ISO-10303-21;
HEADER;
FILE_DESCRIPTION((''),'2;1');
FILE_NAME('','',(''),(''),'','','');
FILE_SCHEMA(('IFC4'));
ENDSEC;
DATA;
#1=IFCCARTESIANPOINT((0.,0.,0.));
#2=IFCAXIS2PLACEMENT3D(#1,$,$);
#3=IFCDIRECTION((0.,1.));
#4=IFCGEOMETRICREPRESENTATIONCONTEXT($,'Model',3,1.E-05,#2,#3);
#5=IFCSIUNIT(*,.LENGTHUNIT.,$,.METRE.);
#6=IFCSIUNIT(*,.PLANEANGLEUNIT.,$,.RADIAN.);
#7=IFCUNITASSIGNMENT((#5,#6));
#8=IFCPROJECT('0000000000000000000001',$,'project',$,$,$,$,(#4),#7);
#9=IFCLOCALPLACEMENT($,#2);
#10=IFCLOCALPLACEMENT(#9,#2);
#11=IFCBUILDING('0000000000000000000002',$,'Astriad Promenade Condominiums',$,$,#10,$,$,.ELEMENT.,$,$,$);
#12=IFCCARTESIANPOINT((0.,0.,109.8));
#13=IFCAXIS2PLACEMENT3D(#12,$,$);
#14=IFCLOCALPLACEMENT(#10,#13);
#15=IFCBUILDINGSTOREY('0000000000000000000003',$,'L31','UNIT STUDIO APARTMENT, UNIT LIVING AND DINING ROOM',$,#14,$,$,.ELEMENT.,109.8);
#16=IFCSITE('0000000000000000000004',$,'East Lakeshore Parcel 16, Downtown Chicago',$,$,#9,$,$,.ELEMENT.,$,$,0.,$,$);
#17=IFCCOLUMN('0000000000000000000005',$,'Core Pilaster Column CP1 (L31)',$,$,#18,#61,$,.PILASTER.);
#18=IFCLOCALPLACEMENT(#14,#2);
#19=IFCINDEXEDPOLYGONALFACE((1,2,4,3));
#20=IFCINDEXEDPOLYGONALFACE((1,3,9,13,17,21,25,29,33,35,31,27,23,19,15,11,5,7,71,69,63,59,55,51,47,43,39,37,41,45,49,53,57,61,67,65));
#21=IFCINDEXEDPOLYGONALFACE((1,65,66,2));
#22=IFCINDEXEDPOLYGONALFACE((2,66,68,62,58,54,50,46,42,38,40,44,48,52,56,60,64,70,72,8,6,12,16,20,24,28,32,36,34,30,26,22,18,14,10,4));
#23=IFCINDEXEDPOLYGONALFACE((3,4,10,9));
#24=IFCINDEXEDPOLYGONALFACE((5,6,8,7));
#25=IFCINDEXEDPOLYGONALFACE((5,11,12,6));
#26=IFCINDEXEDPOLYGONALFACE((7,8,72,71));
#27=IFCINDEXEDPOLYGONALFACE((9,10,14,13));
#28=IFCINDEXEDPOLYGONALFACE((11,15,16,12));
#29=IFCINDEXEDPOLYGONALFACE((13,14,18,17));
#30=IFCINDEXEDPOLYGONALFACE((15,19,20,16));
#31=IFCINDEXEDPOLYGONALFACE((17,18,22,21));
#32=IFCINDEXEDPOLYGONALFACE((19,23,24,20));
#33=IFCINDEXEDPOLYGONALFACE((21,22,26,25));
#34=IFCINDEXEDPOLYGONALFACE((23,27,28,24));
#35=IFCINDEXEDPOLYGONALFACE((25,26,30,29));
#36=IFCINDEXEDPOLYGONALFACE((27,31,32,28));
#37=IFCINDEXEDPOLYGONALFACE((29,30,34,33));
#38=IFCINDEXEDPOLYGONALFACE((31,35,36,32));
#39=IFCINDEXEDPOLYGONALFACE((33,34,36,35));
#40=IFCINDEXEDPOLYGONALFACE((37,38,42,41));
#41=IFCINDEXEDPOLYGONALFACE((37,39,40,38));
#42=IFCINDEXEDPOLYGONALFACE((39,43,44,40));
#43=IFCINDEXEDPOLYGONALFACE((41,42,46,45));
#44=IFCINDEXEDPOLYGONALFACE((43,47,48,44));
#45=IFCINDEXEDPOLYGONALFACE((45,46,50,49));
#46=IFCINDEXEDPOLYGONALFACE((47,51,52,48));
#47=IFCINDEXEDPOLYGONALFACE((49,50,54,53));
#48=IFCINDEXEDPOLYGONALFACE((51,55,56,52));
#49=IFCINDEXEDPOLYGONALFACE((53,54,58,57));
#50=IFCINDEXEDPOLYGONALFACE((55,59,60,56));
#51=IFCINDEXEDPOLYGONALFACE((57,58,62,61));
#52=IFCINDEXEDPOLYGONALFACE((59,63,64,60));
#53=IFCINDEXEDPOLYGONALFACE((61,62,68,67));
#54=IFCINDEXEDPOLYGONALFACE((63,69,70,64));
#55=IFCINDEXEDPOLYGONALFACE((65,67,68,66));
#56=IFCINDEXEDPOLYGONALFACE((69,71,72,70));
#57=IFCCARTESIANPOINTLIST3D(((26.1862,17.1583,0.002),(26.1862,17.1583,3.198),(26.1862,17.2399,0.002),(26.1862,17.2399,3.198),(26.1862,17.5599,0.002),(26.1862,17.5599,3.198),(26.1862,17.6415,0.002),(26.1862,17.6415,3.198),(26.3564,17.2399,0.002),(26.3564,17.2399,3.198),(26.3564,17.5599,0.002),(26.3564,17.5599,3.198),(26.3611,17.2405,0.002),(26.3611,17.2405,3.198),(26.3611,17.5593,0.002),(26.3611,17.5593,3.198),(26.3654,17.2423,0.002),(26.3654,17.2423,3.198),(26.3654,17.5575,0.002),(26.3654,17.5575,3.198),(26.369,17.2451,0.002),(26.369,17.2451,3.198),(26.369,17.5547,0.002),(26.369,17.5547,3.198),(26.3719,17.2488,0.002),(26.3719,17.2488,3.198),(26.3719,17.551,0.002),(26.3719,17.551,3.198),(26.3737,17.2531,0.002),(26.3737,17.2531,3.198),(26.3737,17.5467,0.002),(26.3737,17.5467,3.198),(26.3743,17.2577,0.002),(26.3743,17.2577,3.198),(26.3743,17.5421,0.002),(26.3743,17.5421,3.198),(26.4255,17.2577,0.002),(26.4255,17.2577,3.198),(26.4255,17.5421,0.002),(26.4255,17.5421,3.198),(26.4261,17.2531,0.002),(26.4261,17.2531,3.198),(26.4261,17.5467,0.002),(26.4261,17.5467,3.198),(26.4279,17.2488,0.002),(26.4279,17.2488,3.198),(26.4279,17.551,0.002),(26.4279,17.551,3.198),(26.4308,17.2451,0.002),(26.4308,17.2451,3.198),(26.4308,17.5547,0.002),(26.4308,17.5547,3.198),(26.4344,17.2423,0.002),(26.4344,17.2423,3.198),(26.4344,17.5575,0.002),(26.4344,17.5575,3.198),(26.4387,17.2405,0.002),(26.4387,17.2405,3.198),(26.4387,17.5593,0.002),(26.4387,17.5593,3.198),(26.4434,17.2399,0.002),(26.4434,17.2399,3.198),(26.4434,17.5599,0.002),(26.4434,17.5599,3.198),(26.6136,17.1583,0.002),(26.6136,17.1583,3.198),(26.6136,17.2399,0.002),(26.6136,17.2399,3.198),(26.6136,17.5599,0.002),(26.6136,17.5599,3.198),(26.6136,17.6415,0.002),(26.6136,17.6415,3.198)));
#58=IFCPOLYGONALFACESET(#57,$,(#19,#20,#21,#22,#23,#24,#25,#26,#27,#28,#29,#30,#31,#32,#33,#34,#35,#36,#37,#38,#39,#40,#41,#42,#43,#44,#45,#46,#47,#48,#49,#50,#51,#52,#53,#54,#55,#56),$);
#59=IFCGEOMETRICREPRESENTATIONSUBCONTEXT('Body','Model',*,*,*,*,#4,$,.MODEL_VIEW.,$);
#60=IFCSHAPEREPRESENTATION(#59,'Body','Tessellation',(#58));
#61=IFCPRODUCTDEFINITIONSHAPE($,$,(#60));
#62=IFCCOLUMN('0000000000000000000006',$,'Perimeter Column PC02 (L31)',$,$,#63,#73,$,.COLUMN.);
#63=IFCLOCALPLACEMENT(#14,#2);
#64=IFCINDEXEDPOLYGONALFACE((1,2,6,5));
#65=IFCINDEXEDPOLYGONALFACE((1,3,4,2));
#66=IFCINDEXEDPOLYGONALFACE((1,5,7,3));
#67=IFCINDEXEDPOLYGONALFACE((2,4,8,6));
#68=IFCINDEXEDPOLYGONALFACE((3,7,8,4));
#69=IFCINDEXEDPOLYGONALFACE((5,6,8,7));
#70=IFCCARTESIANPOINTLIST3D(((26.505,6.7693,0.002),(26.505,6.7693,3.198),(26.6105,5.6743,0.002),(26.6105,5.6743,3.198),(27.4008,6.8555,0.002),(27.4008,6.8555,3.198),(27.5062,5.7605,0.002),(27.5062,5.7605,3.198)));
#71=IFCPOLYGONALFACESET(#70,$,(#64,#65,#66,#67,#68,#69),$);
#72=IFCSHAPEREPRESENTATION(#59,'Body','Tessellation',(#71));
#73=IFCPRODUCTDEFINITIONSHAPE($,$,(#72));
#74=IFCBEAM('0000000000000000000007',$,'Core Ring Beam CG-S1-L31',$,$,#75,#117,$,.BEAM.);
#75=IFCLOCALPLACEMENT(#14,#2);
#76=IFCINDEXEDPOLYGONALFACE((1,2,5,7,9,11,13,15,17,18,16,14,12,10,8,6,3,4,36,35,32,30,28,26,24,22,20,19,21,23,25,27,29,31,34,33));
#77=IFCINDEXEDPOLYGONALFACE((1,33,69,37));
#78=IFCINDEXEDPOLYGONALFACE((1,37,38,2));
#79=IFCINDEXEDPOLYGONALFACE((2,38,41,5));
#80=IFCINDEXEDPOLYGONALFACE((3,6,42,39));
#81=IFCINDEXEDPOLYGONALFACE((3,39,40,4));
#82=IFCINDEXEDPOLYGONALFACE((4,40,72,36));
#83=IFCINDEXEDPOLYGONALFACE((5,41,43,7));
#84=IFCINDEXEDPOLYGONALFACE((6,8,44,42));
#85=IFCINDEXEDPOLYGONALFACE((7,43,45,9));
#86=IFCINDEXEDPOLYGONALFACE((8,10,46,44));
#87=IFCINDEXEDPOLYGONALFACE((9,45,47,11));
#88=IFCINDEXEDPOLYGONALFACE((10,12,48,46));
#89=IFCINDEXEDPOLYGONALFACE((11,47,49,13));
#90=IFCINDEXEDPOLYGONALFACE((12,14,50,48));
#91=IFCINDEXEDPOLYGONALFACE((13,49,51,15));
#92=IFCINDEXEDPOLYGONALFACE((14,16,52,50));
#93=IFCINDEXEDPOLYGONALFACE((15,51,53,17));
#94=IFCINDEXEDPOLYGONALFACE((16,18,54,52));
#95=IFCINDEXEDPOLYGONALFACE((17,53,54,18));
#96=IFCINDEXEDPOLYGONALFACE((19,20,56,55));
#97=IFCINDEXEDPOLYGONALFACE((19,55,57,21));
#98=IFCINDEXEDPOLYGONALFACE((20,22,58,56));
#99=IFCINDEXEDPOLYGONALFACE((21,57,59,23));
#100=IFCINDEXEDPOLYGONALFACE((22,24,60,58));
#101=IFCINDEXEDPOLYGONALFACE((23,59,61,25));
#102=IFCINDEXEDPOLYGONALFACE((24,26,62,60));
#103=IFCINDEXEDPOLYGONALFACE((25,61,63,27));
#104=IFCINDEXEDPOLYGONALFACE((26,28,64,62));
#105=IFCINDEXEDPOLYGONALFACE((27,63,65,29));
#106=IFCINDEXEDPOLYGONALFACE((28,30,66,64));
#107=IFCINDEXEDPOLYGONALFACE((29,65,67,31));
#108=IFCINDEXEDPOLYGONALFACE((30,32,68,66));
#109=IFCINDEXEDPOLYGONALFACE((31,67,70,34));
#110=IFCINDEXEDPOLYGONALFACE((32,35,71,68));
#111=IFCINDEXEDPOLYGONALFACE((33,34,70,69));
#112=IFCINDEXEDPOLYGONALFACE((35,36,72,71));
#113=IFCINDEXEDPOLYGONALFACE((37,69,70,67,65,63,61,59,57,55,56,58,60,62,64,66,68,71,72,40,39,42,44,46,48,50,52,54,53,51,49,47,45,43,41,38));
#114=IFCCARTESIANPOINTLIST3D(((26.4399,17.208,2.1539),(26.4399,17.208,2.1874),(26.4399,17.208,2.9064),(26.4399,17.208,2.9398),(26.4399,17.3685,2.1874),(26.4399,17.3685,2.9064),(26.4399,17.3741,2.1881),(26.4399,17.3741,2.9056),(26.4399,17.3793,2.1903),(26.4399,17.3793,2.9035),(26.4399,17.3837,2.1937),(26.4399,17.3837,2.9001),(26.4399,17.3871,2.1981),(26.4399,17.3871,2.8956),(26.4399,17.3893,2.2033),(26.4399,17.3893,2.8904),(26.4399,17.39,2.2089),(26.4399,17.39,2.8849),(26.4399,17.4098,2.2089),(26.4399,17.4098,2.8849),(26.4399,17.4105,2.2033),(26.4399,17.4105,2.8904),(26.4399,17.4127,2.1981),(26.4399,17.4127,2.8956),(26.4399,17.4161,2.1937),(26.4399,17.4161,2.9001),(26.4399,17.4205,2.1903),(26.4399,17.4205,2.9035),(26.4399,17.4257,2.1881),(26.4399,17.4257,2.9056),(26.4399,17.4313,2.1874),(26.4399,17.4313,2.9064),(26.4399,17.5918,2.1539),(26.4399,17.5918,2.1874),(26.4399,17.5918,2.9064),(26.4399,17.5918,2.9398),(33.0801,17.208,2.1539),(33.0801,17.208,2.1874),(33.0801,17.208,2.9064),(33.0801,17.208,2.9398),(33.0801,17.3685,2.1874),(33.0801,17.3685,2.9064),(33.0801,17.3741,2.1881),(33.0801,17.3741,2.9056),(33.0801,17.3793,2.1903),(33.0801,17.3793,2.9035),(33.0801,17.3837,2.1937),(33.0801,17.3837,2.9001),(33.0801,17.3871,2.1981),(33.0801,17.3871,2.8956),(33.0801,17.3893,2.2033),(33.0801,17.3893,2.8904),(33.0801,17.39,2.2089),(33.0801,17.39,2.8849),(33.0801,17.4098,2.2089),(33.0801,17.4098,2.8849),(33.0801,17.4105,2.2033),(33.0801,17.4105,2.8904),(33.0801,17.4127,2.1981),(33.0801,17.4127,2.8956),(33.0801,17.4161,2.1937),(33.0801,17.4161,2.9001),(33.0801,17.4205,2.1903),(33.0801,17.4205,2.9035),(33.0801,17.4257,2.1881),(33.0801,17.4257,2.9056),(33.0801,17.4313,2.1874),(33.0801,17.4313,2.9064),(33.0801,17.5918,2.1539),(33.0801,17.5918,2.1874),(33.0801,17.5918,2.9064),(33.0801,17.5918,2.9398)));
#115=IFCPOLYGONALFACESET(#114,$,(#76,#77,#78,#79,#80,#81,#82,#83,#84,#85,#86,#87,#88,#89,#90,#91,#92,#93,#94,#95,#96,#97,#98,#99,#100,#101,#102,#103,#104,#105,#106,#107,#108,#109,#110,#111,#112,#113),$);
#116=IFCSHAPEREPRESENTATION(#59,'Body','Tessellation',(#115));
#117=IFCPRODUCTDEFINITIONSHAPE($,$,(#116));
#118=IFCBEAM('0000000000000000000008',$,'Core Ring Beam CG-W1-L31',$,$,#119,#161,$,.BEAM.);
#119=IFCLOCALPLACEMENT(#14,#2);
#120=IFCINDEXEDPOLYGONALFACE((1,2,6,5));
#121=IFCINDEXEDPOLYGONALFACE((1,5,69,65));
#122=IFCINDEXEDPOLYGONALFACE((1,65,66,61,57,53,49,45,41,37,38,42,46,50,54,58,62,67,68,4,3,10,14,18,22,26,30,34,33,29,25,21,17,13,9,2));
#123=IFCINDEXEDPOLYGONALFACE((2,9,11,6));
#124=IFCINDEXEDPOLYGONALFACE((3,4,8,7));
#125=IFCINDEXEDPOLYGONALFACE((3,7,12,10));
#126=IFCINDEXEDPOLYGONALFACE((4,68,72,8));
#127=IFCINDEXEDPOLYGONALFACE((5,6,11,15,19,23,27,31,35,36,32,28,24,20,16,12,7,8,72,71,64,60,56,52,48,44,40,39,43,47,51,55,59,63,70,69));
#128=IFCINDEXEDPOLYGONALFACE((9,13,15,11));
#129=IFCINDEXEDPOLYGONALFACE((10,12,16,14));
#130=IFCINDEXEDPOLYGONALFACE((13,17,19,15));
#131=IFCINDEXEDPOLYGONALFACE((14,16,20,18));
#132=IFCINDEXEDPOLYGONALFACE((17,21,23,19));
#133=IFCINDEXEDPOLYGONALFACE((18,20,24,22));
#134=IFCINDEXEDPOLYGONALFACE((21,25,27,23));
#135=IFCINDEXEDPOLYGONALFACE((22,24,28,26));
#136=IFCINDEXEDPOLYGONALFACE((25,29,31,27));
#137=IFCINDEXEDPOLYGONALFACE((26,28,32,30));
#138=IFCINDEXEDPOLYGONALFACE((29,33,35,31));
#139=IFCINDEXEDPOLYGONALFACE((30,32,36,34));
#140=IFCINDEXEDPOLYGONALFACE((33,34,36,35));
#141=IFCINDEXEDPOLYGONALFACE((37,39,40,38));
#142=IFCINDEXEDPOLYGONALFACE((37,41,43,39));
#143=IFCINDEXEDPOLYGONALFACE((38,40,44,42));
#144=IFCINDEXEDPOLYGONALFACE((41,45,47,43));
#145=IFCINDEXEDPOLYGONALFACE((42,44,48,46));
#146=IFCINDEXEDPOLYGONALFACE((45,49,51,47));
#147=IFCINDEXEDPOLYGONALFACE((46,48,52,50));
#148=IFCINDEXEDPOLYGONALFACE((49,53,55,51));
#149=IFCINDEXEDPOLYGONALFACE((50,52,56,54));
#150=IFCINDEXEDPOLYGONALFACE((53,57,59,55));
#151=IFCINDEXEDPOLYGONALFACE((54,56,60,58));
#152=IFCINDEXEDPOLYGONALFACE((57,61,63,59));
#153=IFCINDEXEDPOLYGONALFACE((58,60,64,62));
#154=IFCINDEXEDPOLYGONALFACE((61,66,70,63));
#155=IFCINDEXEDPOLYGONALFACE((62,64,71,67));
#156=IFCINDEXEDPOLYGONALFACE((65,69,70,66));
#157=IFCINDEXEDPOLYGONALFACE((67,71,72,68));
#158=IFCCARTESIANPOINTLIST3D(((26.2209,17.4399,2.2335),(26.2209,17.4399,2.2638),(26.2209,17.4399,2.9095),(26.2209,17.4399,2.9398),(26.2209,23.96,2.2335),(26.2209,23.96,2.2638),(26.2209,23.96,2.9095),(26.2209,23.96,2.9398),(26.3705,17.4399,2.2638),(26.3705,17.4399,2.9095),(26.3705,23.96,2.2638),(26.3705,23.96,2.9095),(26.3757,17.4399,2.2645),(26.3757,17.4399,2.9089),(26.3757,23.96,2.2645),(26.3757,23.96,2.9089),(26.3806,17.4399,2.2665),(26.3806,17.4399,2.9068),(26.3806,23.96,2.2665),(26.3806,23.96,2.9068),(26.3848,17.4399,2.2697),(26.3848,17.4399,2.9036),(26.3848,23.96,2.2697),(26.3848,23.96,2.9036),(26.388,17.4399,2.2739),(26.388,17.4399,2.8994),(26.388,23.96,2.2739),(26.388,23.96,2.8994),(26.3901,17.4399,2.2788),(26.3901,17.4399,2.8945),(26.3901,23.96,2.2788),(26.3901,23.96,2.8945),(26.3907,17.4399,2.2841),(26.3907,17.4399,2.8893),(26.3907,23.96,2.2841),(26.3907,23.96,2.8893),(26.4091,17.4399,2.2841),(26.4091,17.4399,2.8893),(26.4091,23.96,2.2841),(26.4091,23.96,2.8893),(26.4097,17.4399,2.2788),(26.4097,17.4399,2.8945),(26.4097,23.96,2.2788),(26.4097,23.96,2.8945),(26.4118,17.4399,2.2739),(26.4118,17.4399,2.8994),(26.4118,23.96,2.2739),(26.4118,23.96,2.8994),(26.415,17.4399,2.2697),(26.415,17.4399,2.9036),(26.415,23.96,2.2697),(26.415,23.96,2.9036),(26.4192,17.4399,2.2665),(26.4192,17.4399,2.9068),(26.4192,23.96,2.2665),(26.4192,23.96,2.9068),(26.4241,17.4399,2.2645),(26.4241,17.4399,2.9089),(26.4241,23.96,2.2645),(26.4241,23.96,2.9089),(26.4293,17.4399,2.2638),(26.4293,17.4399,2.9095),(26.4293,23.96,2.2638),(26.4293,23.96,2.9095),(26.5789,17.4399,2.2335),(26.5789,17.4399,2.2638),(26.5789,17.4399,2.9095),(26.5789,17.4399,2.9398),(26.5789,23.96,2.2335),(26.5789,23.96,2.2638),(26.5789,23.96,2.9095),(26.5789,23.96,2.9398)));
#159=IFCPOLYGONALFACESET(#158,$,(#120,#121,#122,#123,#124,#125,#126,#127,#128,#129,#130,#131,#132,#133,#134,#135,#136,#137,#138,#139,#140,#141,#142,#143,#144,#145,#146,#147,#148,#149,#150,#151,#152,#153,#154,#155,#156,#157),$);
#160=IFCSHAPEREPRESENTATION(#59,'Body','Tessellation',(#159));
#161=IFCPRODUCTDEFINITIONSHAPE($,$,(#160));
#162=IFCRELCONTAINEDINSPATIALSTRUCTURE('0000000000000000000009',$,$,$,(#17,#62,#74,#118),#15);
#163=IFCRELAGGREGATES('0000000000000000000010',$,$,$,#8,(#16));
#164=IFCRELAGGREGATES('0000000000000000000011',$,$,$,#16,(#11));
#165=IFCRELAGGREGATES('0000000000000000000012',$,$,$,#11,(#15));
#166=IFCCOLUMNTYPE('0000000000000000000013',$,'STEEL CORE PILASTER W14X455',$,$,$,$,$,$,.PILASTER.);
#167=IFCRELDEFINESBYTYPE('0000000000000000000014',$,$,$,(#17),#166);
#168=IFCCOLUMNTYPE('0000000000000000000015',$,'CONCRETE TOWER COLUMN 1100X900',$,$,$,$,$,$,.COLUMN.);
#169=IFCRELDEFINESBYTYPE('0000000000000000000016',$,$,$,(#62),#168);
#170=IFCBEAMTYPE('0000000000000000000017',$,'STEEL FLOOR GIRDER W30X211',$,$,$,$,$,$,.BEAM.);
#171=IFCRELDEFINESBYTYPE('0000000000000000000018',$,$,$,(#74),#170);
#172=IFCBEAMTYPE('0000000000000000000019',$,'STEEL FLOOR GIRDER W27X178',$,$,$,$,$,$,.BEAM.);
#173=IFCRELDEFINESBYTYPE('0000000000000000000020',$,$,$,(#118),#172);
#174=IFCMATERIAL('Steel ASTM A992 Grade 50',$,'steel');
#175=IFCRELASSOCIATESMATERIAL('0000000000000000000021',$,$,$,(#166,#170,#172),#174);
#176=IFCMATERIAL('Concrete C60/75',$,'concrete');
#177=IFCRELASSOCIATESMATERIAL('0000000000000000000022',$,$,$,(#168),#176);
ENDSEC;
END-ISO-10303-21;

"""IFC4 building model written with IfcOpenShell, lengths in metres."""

from ifc_helpers import new_model, si_unit, direction, frame, origin, origin_2d, place, context, subcontext, project, spatial, rectangle, i_section, extrude, source, transform, mapped, material, material_profile, profile_set, type_object, type_shapes, element, save


model = new_model("IFC4")

# Units and contexts
model_context = context("Model", 3, precision=1e-05, world=origin(), true_north=direction((0.0, 1.0)))
body_context = subcontext(model_context, "Body", "Model", "MODEL_VIEW")
ifc_project = project(units=[si_unit("LENGTHUNIT", "METRE"), si_unit("PLANEANGLEUNIT", "RADIAN")], contexts=[model_context])

# Site, building, storey
site_placement = place(None, origin())
site = spatial("IfcSite", under=ifc_project, at=site_placement, Name="East Lakeshore Parcel 16, Downtown Chicago", CompositionType="ELEMENT", RefElevation=0.0)
building_placement = place(site_placement, origin())
building = spatial("IfcBuilding", under=site, at=building_placement, Name="Astriad Promenade Condominiums", CompositionType="ELEMENT")
storey_placement = place(building_placement, frame((0.0, 0.0, 109.8)))
storey = spatial("IfcBuildingStorey", under=building, at=storey_placement, Name="L31", Description="UNIT STUDIO APARTMENT, UNIT LIVING AND DINING ROOM", CompositionType="ELEMENT", Elevation=109.8)

# Columns
ifc_material_1 = material(Name="Steel ASTM A992 Grade 50", Category="steel")
ifc_material_profile_1 = material_profile(ifc_material_1, i_section(OverallWidth=0.4275, OverallDepth=0.4832, WebThickness=0.0513, FlangeThickness=0.0815, FilletRadius=0.0178, at=origin_2d()), Name="W14X455")
ifc_profile_set_1 = profile_set([ifc_material_profile_1], Name="Steel ASTM A992 Grade 50")
column_type_1 = type_object("IfcColumnType", Name="STEEL CORE PILASTER W14X455", PredefinedType="PILASTER", material=ifc_profile_set_1)
shared_shape_1 = source(origin(), body_context, "Body", "SweptSolid", [
    extrude(i_section(OverallWidth=0.4275, OverallDepth=0.4832, WebThickness=0.0513, FlangeThickness=0.0815, FilletRadius=0.0178, at=origin_2d()), origin(), (0.0, 0.0, 1.0), 3.196),
])
type_shapes(column_type_1, [shared_shape_1])
column_1_placement = place(storey_placement, frame((26.3999, 17.3999, 0.002), z_axis=(0.0, 0.0, 1.0), x_axis=(1.0, 0.0, 0.0)))
element("IfcColumn", 1, at=column_1_placement, inside=storey, type_object=column_type_1, Name="Core Pilaster Column CP1 (L31)", PredefinedType="PILASTER", context=body_context, shape_type="MappedRepresentation", body=[
    mapped(shared_shape_1, transform((0.0, 0.0, 0.0), scale=1.0)),
])
ifc_material_2 = material(Name="Concrete C60/75", Category="concrete")
ifc_material_profile_2 = material_profile(ifc_material_2, rectangle(XDim=0.8999, YDim=1.1001, at=origin_2d()), Name="RC-COL-1100X900")
ifc_profile_set_2 = profile_set([ifc_material_profile_2], Name="Concrete C60/75")
column_type_2 = type_object("IfcColumnType", Name="CONCRETE TOWER COLUMN 1100X900", PredefinedType="COLUMN", material=ifc_profile_set_2)
shared_shape_2 = source(origin(), body_context, "Body", "SweptSolid", [
    extrude(rectangle(XDim=0.8999, YDim=1.1001, at=origin_2d()), origin(), (0.0, 0.0, 1.0), 3.196),
])
type_shapes(column_type_2, [shared_shape_2])
column_2_placement = place(storey_placement, frame((27.0056, 6.2649, 0.002), z_axis=(0.0, 0.0, 1.0), x_axis=(0.995396, 0.095846, 0.0)))
element("IfcColumn", 2, at=column_2_placement, inside=storey, type_object=column_type_2, Name="Perimeter Column PC02 (L31)", PredefinedType="COLUMN", context=body_context, shape_type="MappedRepresentation", body=[
    mapped(shared_shape_2, transform((0.0, 0.0, 0.0), scale=1.0)),
])

# Beams
ifc_material_profile_3 = material_profile(ifc_material_1, i_section(OverallWidth=0.3838, OverallDepth=0.7859, WebThickness=0.0198, FlangeThickness=0.0334, FilletRadius=0.0215, at=origin_2d()), Name="W30X211")
ifc_profile_set_3 = profile_set([ifc_material_profile_3], Name="Steel ASTM A992 Grade 50")
beam_type_1 = type_object("IfcBeamType", Name="STEEL FLOOR GIRDER W30X211", PredefinedType="BEAM", material=ifc_profile_set_3)
shared_shape_3 = source(origin(), body_context, "Body", "SweptSolid", [
    extrude(i_section(OverallWidth=0.3838, OverallDepth=0.7859, WebThickness=0.0198, FlangeThickness=0.0334, FilletRadius=0.0215, at=origin_2d()), origin(), (0.0, 0.0, 1.0), 6.6401),
])
type_shapes(beam_type_1, [shared_shape_3])
beam_1_placement = place(storey_placement, frame((26.4399, 17.3999, 2.5469), z_axis=(1.0, 0.0, 0.0), x_axis=(0.0, 1.0, 0.0)))
element("IfcBeam", 3, at=beam_1_placement, inside=storey, type_object=beam_type_1, Name="Core Ring Beam CG-S1-L31", PredefinedType="BEAM", context=body_context, shape_type="MappedRepresentation", body=[
    mapped(shared_shape_3, transform((0.0, 0.0, 0.0), scale=1.0)),
])
ifc_material_profile_4 = material_profile(ifc_material_1, i_section(OverallWidth=0.3579, OverallDepth=0.7063, WebThickness=0.0183, FlangeThickness=0.0303, FilletRadius=0.0203, at=origin_2d()), Name="W27X178")
ifc_profile_set_4 = profile_set([ifc_material_profile_4], Name="Steel ASTM A992 Grade 50")
beam_type_2 = type_object("IfcBeamType", Name="STEEL FLOOR GIRDER W27X178", PredefinedType="BEAM", material=ifc_profile_set_4)
shared_shape_4 = source(origin(), body_context, "Body", "SweptSolid", [
    extrude(i_section(OverallWidth=0.3579, OverallDepth=0.7063, WebThickness=0.0183, FlangeThickness=0.0303, FilletRadius=0.0203, at=origin_2d()), origin(), (0.0, 0.0, 1.0), 6.52),
])
beam_2_placement = place(storey_placement, frame((26.3999, 17.4399, 2.5867), z_axis=(0.0, 1.0, 0.0), x_axis=(-1.0, 0.0, 0.0)))
element("IfcBeam", 4, at=beam_2_placement, inside=storey, type_object=beam_type_2, Name="Core Ring Beam CG-W1-L31", PredefinedType="BEAM", context=body_context, shape_type="MappedRepresentation", body=[
    mapped(shared_shape_4, transform((0.0, 0.0, 0.0), scale=1.0)),
])

save(model, "model.ifc")
